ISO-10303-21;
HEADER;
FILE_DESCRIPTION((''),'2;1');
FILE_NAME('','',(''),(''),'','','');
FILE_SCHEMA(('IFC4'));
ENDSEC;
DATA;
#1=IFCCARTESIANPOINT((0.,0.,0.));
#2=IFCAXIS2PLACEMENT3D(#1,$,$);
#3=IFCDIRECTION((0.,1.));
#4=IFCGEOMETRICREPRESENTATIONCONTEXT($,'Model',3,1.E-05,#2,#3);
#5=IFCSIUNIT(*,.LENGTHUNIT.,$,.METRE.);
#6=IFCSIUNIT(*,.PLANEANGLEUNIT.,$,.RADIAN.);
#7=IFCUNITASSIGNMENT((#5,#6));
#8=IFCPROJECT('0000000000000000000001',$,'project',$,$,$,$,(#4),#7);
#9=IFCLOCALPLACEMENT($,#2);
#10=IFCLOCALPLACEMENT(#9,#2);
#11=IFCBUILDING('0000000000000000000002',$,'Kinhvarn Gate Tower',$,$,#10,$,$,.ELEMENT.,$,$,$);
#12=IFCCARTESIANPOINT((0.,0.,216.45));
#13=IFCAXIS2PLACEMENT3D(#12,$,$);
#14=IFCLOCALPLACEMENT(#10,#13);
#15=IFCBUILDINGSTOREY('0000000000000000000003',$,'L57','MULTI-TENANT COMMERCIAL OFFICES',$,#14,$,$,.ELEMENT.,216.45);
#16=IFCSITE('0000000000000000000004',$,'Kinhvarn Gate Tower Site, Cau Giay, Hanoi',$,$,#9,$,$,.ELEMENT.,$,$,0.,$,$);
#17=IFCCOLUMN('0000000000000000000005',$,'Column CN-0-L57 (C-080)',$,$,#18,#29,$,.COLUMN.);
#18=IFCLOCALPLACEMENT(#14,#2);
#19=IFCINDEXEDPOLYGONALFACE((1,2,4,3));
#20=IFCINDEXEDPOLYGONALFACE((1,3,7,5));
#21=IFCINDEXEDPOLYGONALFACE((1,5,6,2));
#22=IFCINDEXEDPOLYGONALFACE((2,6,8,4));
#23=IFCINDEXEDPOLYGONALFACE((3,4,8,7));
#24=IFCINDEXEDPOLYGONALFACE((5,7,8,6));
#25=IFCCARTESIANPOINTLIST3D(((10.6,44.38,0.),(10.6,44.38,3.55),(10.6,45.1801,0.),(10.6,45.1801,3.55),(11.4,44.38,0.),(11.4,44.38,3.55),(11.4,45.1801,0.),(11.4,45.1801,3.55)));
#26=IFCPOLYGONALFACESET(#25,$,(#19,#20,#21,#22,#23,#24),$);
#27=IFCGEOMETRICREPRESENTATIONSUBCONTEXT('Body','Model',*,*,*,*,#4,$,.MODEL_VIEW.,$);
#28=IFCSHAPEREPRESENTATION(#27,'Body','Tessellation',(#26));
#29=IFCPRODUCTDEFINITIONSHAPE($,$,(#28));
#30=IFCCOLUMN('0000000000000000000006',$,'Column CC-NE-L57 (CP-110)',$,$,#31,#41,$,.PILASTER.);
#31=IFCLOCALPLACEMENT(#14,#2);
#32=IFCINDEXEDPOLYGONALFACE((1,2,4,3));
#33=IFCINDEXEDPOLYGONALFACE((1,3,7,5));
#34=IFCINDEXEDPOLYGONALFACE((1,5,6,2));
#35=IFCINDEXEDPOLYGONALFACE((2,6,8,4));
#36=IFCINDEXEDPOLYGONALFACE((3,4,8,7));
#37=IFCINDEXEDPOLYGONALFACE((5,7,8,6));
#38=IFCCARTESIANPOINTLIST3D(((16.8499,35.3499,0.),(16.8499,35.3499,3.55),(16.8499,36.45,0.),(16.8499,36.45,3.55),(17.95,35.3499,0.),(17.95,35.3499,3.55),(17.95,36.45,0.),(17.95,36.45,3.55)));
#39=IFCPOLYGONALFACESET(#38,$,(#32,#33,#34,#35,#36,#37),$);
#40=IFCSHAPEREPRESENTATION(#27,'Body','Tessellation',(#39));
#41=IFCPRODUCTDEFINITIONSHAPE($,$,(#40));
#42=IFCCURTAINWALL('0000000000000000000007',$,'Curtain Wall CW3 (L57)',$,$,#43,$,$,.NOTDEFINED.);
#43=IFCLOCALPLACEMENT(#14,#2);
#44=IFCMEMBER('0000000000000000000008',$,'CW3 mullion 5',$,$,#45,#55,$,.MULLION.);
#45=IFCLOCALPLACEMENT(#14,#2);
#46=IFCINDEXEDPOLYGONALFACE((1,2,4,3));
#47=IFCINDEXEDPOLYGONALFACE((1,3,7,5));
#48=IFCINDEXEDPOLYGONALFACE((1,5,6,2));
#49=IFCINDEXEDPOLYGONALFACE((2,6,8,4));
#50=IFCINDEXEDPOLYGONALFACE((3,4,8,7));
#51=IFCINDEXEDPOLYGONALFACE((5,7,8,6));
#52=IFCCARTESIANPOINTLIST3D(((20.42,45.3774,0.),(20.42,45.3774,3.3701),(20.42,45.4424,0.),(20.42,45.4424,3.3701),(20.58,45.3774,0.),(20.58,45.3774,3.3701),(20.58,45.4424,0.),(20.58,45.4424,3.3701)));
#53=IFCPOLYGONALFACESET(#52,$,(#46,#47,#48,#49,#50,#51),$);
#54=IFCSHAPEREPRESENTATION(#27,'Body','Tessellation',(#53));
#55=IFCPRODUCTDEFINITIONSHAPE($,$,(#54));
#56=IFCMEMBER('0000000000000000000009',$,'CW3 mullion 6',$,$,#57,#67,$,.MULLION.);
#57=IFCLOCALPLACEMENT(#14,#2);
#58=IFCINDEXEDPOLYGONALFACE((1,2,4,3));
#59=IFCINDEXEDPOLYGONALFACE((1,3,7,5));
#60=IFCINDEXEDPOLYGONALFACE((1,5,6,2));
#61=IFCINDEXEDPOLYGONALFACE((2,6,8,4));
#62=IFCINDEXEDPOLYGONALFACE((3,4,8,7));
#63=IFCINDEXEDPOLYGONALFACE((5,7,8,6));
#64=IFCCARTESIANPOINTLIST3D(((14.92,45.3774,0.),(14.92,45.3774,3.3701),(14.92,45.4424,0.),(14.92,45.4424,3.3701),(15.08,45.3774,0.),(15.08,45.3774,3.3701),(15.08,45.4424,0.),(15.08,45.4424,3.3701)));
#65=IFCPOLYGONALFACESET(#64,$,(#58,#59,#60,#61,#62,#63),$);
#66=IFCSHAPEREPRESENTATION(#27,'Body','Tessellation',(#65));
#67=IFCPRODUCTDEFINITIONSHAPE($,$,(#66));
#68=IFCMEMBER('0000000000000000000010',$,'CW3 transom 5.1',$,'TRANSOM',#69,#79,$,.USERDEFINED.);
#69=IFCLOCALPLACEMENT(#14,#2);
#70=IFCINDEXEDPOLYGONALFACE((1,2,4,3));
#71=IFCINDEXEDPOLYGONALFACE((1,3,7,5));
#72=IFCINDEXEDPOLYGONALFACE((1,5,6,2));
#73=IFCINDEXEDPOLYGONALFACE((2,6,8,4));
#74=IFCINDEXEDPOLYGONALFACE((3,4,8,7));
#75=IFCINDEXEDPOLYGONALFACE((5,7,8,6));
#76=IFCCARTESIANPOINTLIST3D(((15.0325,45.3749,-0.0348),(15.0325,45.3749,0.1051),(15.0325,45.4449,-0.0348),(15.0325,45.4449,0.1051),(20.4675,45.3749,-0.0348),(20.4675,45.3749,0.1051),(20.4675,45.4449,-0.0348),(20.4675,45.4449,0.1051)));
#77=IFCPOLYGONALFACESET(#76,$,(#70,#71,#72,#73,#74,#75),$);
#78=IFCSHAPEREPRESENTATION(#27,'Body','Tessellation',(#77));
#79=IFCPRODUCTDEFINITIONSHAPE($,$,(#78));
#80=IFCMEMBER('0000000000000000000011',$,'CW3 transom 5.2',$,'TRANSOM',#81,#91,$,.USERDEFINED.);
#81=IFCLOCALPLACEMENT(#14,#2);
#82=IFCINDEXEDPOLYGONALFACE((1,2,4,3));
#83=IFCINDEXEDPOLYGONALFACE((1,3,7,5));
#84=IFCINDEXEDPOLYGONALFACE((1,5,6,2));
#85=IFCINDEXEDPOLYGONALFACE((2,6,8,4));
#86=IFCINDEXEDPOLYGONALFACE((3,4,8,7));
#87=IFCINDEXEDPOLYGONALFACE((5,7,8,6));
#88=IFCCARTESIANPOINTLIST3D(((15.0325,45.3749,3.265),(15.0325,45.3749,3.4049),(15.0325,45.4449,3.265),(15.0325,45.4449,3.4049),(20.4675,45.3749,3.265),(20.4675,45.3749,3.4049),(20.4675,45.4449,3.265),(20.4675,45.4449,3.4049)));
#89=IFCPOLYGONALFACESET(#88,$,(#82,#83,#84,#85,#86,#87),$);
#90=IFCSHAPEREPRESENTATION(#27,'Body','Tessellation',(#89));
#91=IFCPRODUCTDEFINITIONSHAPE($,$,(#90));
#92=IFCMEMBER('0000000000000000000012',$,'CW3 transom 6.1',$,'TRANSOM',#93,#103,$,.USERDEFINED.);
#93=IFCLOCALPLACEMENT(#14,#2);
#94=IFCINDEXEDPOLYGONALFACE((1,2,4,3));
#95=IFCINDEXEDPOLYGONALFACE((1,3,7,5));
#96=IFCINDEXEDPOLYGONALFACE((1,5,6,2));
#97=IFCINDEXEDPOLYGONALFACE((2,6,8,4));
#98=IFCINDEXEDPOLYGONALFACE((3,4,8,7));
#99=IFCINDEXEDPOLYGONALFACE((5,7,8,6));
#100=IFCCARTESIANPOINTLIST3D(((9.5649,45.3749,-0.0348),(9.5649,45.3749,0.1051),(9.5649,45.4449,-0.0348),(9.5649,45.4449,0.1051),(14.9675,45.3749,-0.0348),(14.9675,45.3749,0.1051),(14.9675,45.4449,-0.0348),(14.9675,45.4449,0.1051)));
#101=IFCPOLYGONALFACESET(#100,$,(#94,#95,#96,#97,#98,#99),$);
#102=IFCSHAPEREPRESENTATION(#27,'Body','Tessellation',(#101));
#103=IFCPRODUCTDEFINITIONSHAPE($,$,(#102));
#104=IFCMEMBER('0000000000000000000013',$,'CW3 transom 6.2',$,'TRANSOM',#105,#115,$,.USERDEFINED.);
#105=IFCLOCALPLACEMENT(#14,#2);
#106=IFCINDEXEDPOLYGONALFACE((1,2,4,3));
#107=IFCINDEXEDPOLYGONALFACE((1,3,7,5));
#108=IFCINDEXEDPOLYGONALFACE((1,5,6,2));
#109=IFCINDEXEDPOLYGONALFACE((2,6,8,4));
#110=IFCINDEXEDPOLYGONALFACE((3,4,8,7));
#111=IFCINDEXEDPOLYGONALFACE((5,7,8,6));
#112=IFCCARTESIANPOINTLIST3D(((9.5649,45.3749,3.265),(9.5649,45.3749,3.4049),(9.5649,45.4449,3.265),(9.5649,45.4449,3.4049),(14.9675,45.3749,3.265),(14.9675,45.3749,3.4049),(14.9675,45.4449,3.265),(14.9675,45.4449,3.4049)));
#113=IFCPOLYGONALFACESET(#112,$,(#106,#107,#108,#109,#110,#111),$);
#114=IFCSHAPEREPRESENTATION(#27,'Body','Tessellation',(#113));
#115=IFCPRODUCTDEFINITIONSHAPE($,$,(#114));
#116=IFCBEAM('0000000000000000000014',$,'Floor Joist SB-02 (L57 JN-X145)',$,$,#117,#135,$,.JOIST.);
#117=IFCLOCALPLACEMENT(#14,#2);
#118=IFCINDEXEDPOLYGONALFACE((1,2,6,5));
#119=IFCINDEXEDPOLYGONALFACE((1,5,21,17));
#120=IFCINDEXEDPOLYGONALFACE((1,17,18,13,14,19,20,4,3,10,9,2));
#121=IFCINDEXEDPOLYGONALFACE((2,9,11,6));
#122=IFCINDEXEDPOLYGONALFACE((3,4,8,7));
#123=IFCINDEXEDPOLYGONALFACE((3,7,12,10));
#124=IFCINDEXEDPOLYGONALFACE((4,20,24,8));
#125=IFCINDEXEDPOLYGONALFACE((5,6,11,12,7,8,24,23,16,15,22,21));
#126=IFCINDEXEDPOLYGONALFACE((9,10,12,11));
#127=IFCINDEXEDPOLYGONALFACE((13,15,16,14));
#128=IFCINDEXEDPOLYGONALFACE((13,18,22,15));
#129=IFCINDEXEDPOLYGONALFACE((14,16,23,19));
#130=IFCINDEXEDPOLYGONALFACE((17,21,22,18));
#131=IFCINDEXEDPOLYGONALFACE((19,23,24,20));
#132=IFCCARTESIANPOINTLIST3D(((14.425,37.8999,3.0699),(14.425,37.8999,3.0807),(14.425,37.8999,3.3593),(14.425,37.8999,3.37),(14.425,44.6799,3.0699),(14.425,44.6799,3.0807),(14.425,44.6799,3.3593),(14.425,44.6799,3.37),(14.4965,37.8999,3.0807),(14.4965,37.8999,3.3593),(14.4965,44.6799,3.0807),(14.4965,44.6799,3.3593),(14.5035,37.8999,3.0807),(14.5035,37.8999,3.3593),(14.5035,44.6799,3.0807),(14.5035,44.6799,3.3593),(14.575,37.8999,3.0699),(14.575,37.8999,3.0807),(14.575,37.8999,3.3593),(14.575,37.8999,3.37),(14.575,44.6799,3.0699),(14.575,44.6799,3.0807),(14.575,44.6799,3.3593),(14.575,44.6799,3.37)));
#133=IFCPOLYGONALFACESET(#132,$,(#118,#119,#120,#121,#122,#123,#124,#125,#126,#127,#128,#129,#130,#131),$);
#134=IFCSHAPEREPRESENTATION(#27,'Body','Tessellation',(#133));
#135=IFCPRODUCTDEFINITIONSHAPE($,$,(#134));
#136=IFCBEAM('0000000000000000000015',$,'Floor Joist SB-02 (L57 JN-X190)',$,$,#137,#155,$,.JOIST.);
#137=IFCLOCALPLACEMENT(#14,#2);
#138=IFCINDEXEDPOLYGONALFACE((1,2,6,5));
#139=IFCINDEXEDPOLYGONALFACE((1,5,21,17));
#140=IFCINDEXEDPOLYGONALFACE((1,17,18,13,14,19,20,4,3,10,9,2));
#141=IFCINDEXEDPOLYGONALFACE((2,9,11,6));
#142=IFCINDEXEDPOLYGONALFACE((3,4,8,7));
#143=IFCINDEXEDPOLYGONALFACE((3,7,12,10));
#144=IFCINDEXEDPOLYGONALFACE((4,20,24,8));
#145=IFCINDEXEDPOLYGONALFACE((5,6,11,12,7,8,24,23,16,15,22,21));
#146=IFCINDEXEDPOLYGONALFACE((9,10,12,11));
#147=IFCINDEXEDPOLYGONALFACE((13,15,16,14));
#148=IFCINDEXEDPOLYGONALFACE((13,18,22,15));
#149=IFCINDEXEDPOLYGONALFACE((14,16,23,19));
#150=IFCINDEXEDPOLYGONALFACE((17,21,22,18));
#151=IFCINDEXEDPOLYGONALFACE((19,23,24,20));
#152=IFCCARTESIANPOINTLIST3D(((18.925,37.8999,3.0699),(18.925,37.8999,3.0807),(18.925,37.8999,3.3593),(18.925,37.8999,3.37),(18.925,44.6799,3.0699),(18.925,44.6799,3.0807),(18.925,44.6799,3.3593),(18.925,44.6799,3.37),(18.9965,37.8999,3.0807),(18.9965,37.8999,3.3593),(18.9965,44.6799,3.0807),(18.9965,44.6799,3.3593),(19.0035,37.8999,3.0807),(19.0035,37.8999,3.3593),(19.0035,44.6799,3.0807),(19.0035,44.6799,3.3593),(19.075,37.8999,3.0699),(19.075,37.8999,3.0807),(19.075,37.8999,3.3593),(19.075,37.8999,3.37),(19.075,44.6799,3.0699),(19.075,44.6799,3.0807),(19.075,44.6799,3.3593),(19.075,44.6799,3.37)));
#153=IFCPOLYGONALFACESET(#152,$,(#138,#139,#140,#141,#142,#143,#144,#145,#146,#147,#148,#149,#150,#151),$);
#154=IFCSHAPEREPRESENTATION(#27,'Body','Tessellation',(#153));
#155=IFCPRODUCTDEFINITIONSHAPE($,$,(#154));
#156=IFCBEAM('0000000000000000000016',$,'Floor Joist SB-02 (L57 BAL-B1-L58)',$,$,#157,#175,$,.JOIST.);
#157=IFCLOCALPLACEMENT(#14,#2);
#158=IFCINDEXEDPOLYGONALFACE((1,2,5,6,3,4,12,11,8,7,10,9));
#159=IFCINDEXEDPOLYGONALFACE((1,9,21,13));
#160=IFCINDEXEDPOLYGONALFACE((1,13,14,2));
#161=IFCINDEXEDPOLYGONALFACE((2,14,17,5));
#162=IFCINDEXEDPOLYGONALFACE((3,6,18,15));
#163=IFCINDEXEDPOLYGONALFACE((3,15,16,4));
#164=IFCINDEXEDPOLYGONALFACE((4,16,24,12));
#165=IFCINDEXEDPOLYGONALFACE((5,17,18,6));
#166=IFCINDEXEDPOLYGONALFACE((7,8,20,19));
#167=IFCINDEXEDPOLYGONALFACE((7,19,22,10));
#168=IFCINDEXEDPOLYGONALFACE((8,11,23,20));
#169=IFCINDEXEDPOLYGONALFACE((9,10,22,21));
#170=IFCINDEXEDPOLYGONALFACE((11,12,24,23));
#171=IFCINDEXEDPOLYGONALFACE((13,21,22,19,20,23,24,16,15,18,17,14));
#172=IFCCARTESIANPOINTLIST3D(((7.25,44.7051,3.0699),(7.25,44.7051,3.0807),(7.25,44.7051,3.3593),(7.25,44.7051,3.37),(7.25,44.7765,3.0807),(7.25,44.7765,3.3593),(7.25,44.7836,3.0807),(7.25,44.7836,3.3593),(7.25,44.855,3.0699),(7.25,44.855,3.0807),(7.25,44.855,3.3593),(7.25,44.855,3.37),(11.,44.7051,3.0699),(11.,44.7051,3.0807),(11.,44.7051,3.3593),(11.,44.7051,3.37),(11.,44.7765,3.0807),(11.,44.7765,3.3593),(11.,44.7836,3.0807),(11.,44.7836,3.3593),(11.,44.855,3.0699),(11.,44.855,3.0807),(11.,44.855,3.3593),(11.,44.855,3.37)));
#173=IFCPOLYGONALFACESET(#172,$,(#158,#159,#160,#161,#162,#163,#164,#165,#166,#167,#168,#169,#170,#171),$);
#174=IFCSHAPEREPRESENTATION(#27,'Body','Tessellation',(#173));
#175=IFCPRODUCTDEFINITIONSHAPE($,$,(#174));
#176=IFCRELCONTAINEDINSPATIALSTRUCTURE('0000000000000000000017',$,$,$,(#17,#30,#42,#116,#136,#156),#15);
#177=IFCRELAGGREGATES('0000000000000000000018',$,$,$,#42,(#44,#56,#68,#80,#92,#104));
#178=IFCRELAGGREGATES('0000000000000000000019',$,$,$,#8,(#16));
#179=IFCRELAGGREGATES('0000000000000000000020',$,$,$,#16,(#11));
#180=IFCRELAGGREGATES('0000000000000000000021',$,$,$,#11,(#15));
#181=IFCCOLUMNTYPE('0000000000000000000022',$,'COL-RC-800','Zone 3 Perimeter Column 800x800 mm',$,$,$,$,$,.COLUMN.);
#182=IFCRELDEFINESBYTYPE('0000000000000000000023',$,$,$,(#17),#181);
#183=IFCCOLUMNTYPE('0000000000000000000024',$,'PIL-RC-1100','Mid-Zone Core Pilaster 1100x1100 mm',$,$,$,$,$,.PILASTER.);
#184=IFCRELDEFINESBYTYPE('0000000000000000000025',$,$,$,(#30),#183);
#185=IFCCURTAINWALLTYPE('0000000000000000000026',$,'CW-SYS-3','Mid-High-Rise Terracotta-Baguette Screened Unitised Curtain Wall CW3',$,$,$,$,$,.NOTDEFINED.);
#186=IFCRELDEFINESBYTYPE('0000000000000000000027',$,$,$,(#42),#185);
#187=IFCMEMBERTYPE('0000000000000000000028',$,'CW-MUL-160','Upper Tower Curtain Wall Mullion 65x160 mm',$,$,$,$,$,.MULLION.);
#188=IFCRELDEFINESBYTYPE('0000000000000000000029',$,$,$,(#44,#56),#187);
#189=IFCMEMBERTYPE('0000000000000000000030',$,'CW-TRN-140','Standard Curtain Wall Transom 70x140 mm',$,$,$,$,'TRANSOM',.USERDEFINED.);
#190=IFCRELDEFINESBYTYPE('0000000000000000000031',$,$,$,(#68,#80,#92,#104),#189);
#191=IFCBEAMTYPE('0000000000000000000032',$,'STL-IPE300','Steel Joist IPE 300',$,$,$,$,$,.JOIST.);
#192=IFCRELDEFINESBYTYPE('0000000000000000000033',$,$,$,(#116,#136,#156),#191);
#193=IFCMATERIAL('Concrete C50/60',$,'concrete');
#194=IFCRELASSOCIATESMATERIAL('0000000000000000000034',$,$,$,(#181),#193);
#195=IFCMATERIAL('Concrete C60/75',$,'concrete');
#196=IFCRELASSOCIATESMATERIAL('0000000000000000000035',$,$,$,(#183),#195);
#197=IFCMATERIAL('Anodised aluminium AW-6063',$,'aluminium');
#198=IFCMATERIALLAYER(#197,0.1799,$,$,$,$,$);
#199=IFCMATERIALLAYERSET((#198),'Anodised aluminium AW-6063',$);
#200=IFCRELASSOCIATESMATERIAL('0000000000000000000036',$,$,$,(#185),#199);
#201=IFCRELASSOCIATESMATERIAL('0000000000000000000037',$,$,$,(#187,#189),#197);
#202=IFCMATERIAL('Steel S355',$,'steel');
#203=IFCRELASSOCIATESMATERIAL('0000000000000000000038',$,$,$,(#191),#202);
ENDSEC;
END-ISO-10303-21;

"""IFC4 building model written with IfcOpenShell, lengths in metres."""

from ifc_helpers import new_model, si_unit, direction, frame, origin, origin_2d, place, context, subcontext, project, spatial, rectangle, i_section, extrude, material, layer, layer_set, material_profile, profile_set, type_object, element, aggregate, save


model = new_model("IFC4")

# Units and contexts
model_context = context("Model", 3, precision=1e-05, world=origin(), true_north=direction((0.0, 1.0)))
body_context = subcontext(model_context, "Body", "Model", "MODEL_VIEW")
ifc_project = project(units=[si_unit("LENGTHUNIT", "METRE"), si_unit("PLANEANGLEUNIT", "RADIAN")], contexts=[model_context])

# Site, building, storey
site_placement = place(None, origin())
site = spatial("IfcSite", under=ifc_project, at=site_placement, Name="Kinhvarn Gate Tower Site, Cau Giay, Hanoi", CompositionType="ELEMENT", RefElevation=0.0)
building_placement = place(site_placement, origin())
building = spatial("IfcBuilding", under=site, at=building_placement, Name="Kinhvarn Gate Tower", CompositionType="ELEMENT")
storey_placement = place(building_placement, frame((0.0, 0.0, 216.45)))
storey = spatial("IfcBuildingStorey", under=building, at=storey_placement, Name="L57", Description="MULTI-TENANT COMMERCIAL OFFICES", CompositionType="ELEMENT", Elevation=216.45)

# Columns
ifc_material_1 = material(Name="Concrete C50/60", Category="concrete")
ifc_material_profile_1 = material_profile(ifc_material_1, rectangle(XDim=0.8, YDim=0.8, at=origin_2d()), Name="RC 800x800")
ifc_profile_set_1 = profile_set([ifc_material_profile_1], Name="Concrete C50/60")
column_type_1 = type_object("IfcColumnType", Name="COL-RC-800", Description="Zone 3 Perimeter Column 800x800 mm", PredefinedType="COLUMN", material=ifc_profile_set_1)
column_1_placement = place(storey_placement, frame((11.0, 44.78, 0.0), z_axis=(0.0, 0.0, 1.0), x_axis=(1.0, 0.0, 0.0)))
element("IfcColumn", 1, at=column_1_placement, inside=storey, type_object=column_type_1, Name="Column CN-0-L57 (C-080)", PredefinedType="COLUMN", context=body_context, shape_type="SweptSolid", body=[
    extrude(rectangle(XDim=0.8, YDim=0.8, at=origin_2d()), origin(), (0.0, 0.0, 1.0), 3.55),
])
ifc_material_2 = material(Name="Concrete C60/75", Category="concrete")
ifc_material_profile_2 = material_profile(ifc_material_2, rectangle(XDim=1.1001, YDim=1.1001, at=origin_2d()), Name="RC 1100x1100")
ifc_profile_set_2 = profile_set([ifc_material_profile_2], Name="Concrete C60/75")
column_type_2 = type_object("IfcColumnType", Name="PIL-RC-1100", Description="Mid-Zone Core Pilaster 1100x1100 mm", PredefinedType="PILASTER", material=ifc_profile_set_2)
column_2_placement = place(storey_placement, frame((17.3999, 35.8999, 0.0), z_axis=(0.0, 0.0, 1.0), x_axis=(1.0, 0.0, 0.0)))
element("IfcColumn", 2, at=column_2_placement, inside=storey, type_object=column_type_2, Name="Column CC-NE-L57 (CP-110)", PredefinedType="PILASTER", context=body_context, shape_type="SweptSolid", body=[
    extrude(rectangle(XDim=1.1001, YDim=1.1001, at=origin_2d()), origin(), (0.0, 0.0, 1.0), 3.55),
])

# Curtain wall, members
ifc_material_3 = material(Name="Anodised aluminium AW-6063", Category="aluminium")
ifc_layer_1 = layer(ifc_material_3, 0.1799)
ifc_layer_set_1 = layer_set([ifc_layer_1], Name="Anodised aluminium AW-6063")
curtain_wall_type = type_object("IfcCurtainWallType", Name="CW-SYS-3", Description="Mid-High-Rise Terracotta-Baguette Screened Unitised Curtain Wall CW3", PredefinedType="NOTDEFINED", material=ifc_layer_set_1)
curtain_wall_placement = place(storey_placement, origin())
curtain_wall = element("IfcCurtainWall", 3, at=curtain_wall_placement, inside=storey, type_object=curtain_wall_type, Name="Curtain Wall CW3 (L57)", PredefinedType="NOTDEFINED")
ifc_material_profile_3 = material_profile(ifc_material_3, rectangle(XDim=0.0649, YDim=0.1599, at=origin_2d()), Name="ALU 65x160")
ifc_profile_set_3 = profile_set([ifc_material_profile_3], Name="Anodised aluminium AW-6063")
member_type_1 = type_object("IfcMemberType", Name="CW-MUL-160", Description="Upper Tower Curtain Wall Mullion 65x160 mm", PredefinedType="MULLION", material=ifc_profile_set_3)
member_1_placement = place(storey_placement, frame((20.5, 45.4099, 0.0), z_axis=(0.0, 0.0, 1.0), x_axis=(0.0, -1.0, 0.0)))
member_1 = element("IfcMember", 4, at=member_1_placement, type_object=member_type_1, Name="CW3 mullion 5", PredefinedType="MULLION", context=body_context, shape_type="SweptSolid", body=[
    extrude(rectangle(XDim=0.0649, YDim=0.1599, at=origin_2d()), origin(), (0.0, 0.0, 1.0), 3.3701),
])
member_2_placement = place(storey_placement, frame((15.0, 45.4099, 0.0), z_axis=(0.0, 0.0, 1.0), x_axis=(0.0, -1.0, 0.0)))
member_2 = element("IfcMember", 5, at=member_2_placement, type_object=member_type_1, Name="CW3 mullion 6", PredefinedType="MULLION", context=body_context, shape_type="SweptSolid", body=[
    extrude(rectangle(XDim=0.0649, YDim=0.1599, at=origin_2d()), origin(), (0.0, 0.0, 1.0), 3.3701),
])
ifc_material_profile_4 = material_profile(ifc_material_3, rectangle(XDim=0.0701, YDim=0.1399, at=origin_2d()), Name="ALU 70x140")
ifc_profile_set_4 = profile_set([ifc_material_profile_4], Name="Anodised aluminium AW-6063")
member_type_2 = type_object("IfcMemberType", Name="CW-TRN-140", Description="Standard Curtain Wall Transom 70x140 mm", ElementType="TRANSOM", PredefinedType="USERDEFINED", material=ifc_profile_set_4)
member_3_placement = place(storey_placement, frame((20.4675, 45.4099, 0.0352), z_axis=(-1.0, 0.0, 0.0), x_axis=(0.0, -1.0, 0.0)))
member_3 = element("IfcMember", 6, at=member_3_placement, type_object=member_type_2, Name="CW3 transom 5.1", ObjectType="TRANSOM", PredefinedType="USERDEFINED", context=body_context, shape_type="SweptSolid", body=[
    extrude(rectangle(XDim=0.0701, YDim=0.1399, at=origin_2d()), origin(), (0.0, 0.0, 1.0), 5.4351),
])
member_4_placement = place(storey_placement, frame((20.4675, 45.4099, 3.335), z_axis=(-1.0, 0.0, 0.0), x_axis=(0.0, -1.0, 0.0)))
member_4 = element("IfcMember", 7, at=member_4_placement, type_object=member_type_2, Name="CW3 transom 5.2", ObjectType="TRANSOM", PredefinedType="USERDEFINED", context=body_context, shape_type="SweptSolid", body=[
    extrude(rectangle(XDim=0.0701, YDim=0.1399, at=origin_2d()), origin(), (0.0, 0.0, 1.0), 5.4351),
])
member_5_placement = place(storey_placement, frame((14.9675, 45.4099, 0.0352), z_axis=(-1.0, 0.0, 0.0), x_axis=(0.0, -1.0, 0.0)))
member_5 = element("IfcMember", 8, at=member_5_placement, type_object=member_type_2, Name="CW3 transom 6.1", ObjectType="TRANSOM", PredefinedType="USERDEFINED", context=body_context, shape_type="SweptSolid", body=[
    extrude(rectangle(XDim=0.0701, YDim=0.1399, at=origin_2d()), origin(), (0.0, 0.0, 1.0), 5.4026),
])
member_6_placement = place(storey_placement, frame((14.9675, 45.4099, 3.335), z_axis=(-1.0, 0.0, 0.0), x_axis=(0.0, -1.0, 0.0)))
member_6 = element("IfcMember", 9, at=member_6_placement, type_object=member_type_2, Name="CW3 transom 6.2", ObjectType="TRANSOM", PredefinedType="USERDEFINED", context=body_context, shape_type="SweptSolid", body=[
    extrude(rectangle(XDim=0.0701, YDim=0.1399, at=origin_2d()), origin(), (0.0, 0.0, 1.0), 5.4026),
])

# Beams
ifc_material_4 = material(Name="Steel S355", Category="steel")
ifc_material_profile_5 = material_profile(ifc_material_4, i_section(OverallWidth=0.1499, OverallDepth=0.3, WebThickness=0.0071, FlangeThickness=0.0107, at=origin_2d()), Name="IPE 300")
ifc_profile_set_5 = profile_set([ifc_material_profile_5], Name="Steel S355")
beam_type_1 = type_object("IfcBeamType", Name="STL-IPE300", Description="Steel Joist IPE 300", PredefinedType="JOIST", material=ifc_profile_set_5)
for number, where, z_axis, x_axis, name in (
    (10, (14.5, 37.8999, 3.22), (0.0, 1.0, 0.0), (-1.0, 0.0, 0.0), "Floor Joist SB-02 (L57 JN-X145)"),
    (11, (19.0, 37.8999, 3.22), (0.0, 1.0, 0.0), (-1.0, 0.0, 0.0), "Floor Joist SB-02 (L57 JN-X190)"),
):
    element("IfcBeam", number, at=place(storey_placement, frame(where, z_axis=z_axis, x_axis=x_axis)), inside=storey, type_object=beam_type_1, Name=name, PredefinedType="JOIST", context=body_context, shape_type="SweptSolid", body=[
        extrude(i_section(OverallWidth=0.1499, OverallDepth=0.3, WebThickness=0.0071, FlangeThickness=0.0107, at=origin_2d()), origin(), (0.0, 0.0, 1.0), 6.78),
    ])
beam_1_placement = place(storey_placement, frame((11.0, 44.78, 3.22), z_axis=(-1.0, 0.0, 0.0), x_axis=(0.0, -1.0, 0.0)))
element("IfcBeam", 12, at=beam_1_placement, inside=storey, type_object=beam_type_1, Name="Floor Joist SB-02 (L57 BAL-B1-L58)", PredefinedType="JOIST", context=body_context, shape_type="SweptSolid", body=[
    extrude(i_section(OverallWidth=0.1499, OverallDepth=0.3, WebThickness=0.0071, FlangeThickness=0.0107, at=origin_2d()), origin(), (0.0, 0.0, 1.0), 3.75),
])

aggregate(curtain_wall, [member_1, member_2, member_3, member_4, member_5, member_6])

save(model, "model.ifc")
